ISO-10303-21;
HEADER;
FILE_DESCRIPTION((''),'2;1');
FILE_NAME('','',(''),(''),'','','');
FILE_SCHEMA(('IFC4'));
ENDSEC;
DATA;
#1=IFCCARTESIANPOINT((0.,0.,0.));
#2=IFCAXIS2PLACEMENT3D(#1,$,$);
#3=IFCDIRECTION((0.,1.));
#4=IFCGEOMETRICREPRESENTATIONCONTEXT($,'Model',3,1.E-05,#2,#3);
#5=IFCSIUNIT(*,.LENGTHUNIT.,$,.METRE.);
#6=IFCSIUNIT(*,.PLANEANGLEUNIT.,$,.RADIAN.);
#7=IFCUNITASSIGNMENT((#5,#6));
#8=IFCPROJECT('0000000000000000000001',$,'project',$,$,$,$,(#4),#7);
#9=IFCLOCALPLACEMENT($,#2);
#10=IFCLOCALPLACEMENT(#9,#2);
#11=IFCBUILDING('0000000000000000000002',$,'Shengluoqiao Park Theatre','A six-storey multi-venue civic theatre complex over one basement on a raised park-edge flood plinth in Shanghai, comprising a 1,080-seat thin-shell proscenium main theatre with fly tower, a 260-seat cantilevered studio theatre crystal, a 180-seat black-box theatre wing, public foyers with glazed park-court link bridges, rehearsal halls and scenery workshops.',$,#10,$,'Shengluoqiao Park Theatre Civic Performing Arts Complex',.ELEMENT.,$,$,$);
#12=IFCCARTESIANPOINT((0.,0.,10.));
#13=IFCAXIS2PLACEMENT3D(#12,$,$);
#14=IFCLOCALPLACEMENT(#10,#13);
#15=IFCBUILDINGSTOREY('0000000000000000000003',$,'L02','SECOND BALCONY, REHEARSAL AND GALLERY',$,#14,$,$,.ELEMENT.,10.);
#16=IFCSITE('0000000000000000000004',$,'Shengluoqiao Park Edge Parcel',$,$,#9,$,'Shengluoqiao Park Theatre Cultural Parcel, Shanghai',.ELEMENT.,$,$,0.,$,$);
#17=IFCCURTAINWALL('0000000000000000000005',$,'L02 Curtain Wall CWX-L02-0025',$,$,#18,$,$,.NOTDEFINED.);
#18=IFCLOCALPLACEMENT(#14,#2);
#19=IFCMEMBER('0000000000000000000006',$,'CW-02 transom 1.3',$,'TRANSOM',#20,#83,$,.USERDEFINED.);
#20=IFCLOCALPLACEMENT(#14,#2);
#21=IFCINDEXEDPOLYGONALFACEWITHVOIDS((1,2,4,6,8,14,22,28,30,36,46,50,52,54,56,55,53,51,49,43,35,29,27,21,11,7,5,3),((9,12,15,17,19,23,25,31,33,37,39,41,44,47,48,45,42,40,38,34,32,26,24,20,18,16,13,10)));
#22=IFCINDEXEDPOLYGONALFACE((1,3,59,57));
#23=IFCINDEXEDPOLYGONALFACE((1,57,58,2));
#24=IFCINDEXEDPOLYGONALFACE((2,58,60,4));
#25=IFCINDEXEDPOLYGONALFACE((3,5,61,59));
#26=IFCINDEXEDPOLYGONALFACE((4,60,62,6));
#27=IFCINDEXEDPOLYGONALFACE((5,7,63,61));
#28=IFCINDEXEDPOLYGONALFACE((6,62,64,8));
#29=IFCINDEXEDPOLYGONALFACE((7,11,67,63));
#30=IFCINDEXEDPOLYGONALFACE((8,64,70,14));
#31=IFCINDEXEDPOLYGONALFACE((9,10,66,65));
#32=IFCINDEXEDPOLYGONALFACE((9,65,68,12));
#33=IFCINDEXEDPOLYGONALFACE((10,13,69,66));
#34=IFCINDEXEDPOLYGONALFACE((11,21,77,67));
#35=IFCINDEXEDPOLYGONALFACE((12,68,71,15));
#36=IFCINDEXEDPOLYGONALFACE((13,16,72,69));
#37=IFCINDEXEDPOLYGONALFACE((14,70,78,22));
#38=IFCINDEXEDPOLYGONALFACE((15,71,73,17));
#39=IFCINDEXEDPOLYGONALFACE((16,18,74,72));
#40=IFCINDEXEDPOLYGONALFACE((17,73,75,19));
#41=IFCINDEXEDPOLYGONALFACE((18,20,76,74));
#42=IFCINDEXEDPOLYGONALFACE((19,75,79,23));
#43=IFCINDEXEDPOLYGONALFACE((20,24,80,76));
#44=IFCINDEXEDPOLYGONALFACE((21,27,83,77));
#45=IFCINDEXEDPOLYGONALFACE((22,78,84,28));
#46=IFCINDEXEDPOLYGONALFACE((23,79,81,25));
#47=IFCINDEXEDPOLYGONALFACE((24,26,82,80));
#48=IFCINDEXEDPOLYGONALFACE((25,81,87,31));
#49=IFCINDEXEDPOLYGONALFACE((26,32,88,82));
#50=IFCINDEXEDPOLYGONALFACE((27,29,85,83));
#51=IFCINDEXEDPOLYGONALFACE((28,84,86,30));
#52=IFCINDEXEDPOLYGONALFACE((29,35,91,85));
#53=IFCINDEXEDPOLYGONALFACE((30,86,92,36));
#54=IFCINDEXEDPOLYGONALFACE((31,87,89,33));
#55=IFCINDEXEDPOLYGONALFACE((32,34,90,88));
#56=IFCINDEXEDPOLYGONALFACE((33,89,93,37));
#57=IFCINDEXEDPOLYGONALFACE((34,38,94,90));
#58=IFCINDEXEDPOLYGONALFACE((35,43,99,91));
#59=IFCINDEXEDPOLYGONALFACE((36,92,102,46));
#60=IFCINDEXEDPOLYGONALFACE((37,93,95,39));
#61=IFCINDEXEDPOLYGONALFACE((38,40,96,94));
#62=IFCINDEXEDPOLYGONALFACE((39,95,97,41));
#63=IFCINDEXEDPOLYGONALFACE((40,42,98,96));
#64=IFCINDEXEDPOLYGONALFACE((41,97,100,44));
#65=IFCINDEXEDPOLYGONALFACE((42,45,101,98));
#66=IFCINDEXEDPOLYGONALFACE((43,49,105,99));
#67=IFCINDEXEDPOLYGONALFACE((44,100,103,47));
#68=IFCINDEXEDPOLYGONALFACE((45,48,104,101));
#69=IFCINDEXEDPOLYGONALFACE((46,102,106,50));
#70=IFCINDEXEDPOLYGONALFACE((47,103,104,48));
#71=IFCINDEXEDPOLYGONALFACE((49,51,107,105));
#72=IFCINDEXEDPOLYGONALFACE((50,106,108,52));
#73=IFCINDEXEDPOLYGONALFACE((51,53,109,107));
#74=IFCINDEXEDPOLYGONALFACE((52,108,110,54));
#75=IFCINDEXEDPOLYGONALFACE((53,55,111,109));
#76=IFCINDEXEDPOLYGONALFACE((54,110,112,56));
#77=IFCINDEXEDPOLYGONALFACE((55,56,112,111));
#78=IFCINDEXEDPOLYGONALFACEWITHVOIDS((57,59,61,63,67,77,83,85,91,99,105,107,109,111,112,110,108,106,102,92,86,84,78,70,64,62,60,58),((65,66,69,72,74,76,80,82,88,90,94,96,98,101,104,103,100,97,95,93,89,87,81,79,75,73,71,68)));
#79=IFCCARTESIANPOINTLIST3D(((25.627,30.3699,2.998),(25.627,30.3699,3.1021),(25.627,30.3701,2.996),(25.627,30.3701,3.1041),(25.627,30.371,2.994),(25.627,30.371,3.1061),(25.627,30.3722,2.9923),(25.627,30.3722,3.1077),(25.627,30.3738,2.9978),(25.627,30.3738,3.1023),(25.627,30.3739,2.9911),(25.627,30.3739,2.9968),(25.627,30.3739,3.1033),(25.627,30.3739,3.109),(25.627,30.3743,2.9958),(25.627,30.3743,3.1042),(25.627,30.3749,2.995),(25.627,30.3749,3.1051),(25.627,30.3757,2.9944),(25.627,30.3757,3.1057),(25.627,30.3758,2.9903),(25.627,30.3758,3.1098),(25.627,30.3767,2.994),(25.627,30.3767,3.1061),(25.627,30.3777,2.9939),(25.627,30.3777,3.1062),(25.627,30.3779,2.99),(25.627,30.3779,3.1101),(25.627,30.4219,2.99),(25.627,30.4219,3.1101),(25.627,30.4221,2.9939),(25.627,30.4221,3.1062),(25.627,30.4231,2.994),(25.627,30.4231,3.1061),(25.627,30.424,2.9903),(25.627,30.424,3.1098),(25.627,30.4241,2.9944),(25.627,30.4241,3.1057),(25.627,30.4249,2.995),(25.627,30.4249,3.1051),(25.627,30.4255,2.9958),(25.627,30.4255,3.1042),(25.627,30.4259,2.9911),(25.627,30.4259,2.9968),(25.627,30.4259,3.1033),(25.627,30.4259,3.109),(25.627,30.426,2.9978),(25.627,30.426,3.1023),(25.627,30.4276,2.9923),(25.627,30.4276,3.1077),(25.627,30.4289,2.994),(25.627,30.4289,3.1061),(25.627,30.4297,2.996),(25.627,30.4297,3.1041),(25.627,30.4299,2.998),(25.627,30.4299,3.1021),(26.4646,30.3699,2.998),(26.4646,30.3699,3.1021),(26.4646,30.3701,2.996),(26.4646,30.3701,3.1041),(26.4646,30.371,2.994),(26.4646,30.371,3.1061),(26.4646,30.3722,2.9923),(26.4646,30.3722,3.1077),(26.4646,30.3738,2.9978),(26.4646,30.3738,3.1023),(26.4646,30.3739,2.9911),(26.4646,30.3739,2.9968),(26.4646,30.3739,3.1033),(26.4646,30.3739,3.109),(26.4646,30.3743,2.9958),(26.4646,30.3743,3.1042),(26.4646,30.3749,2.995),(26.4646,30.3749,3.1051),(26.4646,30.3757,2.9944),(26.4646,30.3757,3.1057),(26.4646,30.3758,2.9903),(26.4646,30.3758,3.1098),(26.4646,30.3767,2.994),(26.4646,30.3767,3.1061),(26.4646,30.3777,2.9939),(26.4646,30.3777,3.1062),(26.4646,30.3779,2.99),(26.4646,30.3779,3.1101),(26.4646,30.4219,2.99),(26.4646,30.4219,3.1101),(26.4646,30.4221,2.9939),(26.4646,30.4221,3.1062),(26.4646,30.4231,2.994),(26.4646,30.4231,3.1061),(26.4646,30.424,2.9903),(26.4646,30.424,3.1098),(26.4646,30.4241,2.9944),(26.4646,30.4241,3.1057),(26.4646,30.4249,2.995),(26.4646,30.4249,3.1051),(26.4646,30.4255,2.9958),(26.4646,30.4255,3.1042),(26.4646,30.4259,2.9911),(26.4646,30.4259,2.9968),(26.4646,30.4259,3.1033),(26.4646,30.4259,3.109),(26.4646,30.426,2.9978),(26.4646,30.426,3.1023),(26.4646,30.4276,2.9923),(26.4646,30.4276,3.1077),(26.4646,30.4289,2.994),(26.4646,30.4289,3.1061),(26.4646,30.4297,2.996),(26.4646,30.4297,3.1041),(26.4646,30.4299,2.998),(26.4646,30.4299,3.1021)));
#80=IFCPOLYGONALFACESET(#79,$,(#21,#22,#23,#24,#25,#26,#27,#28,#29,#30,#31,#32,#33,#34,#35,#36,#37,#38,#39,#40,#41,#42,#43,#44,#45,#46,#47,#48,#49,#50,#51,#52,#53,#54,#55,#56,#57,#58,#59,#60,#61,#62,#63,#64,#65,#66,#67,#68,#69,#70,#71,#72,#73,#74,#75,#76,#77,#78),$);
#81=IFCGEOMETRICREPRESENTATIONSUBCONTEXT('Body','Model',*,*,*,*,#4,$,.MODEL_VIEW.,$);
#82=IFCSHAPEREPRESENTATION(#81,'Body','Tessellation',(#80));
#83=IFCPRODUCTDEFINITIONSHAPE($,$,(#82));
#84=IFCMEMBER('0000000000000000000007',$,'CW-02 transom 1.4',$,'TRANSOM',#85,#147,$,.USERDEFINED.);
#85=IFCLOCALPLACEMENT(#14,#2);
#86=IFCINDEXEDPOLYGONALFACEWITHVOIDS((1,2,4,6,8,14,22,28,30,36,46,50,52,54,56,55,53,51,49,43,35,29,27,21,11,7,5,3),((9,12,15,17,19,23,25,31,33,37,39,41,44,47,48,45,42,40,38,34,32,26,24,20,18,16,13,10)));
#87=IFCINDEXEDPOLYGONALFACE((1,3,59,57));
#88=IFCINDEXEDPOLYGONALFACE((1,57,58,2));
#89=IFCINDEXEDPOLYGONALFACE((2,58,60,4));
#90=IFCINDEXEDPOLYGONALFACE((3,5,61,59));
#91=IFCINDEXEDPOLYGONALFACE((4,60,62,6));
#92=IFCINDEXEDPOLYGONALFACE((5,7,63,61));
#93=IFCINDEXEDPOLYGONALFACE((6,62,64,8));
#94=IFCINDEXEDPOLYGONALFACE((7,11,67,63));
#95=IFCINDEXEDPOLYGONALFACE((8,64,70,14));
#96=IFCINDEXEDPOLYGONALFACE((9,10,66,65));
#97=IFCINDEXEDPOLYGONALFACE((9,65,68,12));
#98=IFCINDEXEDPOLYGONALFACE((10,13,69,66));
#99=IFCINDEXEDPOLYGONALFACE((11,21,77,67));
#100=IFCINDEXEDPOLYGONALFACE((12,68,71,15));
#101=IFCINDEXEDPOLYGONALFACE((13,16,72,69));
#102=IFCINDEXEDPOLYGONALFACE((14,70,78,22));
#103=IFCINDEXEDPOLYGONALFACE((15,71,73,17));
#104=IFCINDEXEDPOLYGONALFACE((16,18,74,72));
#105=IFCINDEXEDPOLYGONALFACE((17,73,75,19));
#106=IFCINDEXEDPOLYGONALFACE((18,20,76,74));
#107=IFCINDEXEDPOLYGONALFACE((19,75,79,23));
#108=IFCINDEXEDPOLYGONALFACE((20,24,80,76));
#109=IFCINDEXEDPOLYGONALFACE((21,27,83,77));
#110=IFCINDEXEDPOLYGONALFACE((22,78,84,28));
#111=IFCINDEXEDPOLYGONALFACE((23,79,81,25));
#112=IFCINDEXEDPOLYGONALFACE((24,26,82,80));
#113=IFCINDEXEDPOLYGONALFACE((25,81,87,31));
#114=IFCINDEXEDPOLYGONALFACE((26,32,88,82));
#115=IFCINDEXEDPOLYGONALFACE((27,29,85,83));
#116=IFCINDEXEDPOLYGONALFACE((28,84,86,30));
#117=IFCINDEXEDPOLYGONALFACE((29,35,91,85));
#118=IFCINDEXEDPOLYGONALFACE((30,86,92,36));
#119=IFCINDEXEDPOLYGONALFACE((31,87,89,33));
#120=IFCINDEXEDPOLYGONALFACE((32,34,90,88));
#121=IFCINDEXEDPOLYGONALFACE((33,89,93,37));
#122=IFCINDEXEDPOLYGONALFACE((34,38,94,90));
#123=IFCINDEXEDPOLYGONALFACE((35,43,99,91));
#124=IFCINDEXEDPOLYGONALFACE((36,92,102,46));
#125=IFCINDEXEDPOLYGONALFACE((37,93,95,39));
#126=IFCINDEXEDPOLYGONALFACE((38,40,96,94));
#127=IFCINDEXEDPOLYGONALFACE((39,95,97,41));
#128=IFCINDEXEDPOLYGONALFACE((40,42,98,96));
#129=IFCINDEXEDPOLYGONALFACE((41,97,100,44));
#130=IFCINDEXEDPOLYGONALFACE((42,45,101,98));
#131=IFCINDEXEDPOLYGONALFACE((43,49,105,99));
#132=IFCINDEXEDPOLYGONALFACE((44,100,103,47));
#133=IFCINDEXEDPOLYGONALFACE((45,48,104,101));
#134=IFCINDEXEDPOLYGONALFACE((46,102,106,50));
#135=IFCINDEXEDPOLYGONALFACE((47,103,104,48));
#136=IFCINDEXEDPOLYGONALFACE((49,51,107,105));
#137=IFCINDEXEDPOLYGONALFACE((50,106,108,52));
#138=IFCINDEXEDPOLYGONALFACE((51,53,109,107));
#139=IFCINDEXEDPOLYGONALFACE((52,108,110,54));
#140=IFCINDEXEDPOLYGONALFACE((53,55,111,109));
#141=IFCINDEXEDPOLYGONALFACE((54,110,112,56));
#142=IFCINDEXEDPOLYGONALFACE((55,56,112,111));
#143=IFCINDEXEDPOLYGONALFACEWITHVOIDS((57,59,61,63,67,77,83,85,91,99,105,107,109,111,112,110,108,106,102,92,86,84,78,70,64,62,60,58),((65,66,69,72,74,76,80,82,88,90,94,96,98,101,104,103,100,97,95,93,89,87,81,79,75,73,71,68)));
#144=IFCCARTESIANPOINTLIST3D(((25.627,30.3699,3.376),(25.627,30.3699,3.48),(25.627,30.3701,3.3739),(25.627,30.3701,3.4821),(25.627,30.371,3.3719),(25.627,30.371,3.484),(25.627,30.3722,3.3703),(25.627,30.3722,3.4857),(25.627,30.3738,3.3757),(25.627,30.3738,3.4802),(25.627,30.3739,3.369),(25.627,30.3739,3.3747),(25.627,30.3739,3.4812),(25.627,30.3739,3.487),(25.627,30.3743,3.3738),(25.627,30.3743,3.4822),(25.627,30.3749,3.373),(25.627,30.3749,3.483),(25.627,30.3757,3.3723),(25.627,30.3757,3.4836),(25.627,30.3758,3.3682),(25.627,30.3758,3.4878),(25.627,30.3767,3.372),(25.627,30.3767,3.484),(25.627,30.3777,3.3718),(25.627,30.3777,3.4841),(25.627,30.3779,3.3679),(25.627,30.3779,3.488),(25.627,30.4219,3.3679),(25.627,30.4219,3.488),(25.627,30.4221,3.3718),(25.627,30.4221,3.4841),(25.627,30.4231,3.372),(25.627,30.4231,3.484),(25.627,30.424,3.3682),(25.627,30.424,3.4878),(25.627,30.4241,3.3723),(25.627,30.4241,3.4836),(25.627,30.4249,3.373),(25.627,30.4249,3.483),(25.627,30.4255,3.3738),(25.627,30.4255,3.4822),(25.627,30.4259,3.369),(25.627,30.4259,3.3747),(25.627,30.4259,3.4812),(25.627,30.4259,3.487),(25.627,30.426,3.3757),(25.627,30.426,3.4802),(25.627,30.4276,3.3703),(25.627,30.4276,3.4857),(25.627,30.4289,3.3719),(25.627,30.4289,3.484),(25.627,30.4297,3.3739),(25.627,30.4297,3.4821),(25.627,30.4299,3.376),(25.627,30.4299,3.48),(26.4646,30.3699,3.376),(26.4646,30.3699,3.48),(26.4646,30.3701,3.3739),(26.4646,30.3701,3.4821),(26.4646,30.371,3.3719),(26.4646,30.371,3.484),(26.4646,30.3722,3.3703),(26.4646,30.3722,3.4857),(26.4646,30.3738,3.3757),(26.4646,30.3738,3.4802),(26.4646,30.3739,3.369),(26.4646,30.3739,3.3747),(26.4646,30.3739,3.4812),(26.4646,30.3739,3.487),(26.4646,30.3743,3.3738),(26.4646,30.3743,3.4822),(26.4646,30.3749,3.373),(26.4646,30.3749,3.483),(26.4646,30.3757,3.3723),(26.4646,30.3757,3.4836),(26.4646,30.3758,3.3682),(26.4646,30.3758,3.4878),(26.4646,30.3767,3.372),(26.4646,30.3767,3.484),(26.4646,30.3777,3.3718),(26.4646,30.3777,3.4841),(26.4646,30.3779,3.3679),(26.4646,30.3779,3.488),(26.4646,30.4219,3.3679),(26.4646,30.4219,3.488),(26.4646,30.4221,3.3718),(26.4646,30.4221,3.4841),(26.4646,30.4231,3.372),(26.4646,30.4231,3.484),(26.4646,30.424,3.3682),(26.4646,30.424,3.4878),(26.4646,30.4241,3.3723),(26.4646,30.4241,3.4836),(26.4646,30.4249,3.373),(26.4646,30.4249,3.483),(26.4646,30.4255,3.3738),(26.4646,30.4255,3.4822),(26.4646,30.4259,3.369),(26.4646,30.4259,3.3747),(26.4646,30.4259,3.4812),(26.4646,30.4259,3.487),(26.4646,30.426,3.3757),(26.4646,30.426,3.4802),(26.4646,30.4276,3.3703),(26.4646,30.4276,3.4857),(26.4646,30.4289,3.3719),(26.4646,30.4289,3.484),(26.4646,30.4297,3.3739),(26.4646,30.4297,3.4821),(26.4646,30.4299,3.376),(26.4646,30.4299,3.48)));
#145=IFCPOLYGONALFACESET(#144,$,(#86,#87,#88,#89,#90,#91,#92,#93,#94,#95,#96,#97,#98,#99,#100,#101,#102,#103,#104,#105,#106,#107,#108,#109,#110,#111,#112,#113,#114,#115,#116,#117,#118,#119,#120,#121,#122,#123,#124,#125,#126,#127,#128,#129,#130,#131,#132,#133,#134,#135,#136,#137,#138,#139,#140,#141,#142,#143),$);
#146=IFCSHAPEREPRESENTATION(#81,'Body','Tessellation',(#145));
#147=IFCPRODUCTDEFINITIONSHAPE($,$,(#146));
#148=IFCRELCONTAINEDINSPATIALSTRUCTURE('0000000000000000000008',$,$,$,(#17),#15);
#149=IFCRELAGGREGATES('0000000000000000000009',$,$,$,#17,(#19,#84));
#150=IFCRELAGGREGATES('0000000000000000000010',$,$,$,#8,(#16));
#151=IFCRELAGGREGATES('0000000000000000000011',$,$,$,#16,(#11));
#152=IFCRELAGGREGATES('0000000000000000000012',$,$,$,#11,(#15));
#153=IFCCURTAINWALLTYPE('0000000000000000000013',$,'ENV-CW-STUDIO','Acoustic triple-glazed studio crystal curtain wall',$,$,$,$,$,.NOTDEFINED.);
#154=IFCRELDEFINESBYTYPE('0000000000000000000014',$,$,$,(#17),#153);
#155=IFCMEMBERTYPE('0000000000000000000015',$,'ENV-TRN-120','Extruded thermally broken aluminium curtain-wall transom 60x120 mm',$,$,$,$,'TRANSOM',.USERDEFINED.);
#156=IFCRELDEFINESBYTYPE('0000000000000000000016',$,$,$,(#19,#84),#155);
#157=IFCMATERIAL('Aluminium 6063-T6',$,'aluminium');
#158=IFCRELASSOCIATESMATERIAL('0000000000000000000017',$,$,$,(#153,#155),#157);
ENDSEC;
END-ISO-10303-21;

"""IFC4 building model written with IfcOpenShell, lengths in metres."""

from ifc_helpers import new_model, si_unit, direction, frame, origin, origin_2d, place, context, subcontext, project, spatial, hollow_rectangle, extrude, material, material_profile, profile_set, type_object, element, aggregate, save


model = new_model("IFC4")

# Units and contexts
model_context = context("Model", 3, precision=1e-05, world=origin(), true_north=direction((0.0, 1.0)))
body_context = subcontext(model_context, "Body", "Model", "MODEL_VIEW")
ifc_project = project(units=[si_unit("LENGTHUNIT", "METRE"), si_unit("PLANEANGLEUNIT", "RADIAN")], contexts=[model_context])

# Site, building, storey
site_placement = place(None, origin())
site = spatial("IfcSite", under=ifc_project, at=site_placement, Name="Shengluoqiao Park Edge Parcel", LongName="Shengluoqiao Park Theatre Cultural Parcel, Shanghai", CompositionType="ELEMENT", RefElevation=0.0)
building_placement = place(site_placement, origin())
building = spatial("IfcBuilding", under=site, at=building_placement, Name="Shengluoqiao Park Theatre", Description="A six-storey multi-venue civic theatre complex over one basement on a raised park-edge flood plinth in Shanghai, comprising a 1,080-seat thin-shell proscenium main theatre with fly tower, a 260-seat cantilevered studio theatre crystal, a 180-seat black-box theatre wing, public foyers with glazed park-court link bridges, rehearsal halls and scenery workshops.", LongName="Shengluoqiao Park Theatre Civic Performing Arts Complex", CompositionType="ELEMENT")
storey_placement = place(building_placement, frame((0.0, 0.0, 10.0)))
storey = spatial("IfcBuildingStorey", under=building, at=storey_placement, Name="L02", Description="SECOND BALCONY, REHEARSAL AND GALLERY", CompositionType="ELEMENT", Elevation=10.0)

# Curtain wall
ifc_material_1 = material(Name="Aluminium 6063-T6", Category="aluminium")
curtain_wall_type_1 = type_object("IfcCurtainWallType", Name="ENV-CW-STUDIO", Description="Acoustic triple-glazed studio crystal curtain wall", PredefinedType="NOTDEFINED", material=ifc_material_1)
curtain_wall_1_placement = place(storey_placement, origin())
curtain_wall_1 = element("IfcCurtainWall", 1, at=curtain_wall_1_placement, inside=storey, type_object=curtain_wall_type_1, Name="L02 Curtain Wall CWX-L02-0025", PredefinedType="NOTDEFINED")

# Members
ifc_material_profile_1 = material_profile(ifc_material_1, hollow_rectangle(XDim=0.0601, YDim=0.1201, WallThickness=0.0039, InnerFilletRadius=0.0039, OuterFilletRadius=0.0081, at=origin_2d()), Name="ALU TRANSOM 120x60x4")
ifc_profile_set_1 = profile_set([ifc_material_profile_1], Name="Aluminium 6063-T6")
member_type_1 = type_object("IfcMemberType", Name="ENV-TRN-120", Description="Extruded thermally broken aluminium curtain-wall transom 60x120 mm", ElementType="TRANSOM", PredefinedType="USERDEFINED", material=ifc_profile_set_1)
member_1_placement = place(storey_placement, frame((25.627, 30.3999, 3.05), z_axis=(1.0, 0.0, 0.0), x_axis=(0.0, 1.0, 0.0)))
member_1 = element("IfcMember", 2, at=member_1_placement, type_object=member_type_1, Name="CW-02 transom 1.3", ObjectType="TRANSOM", PredefinedType="USERDEFINED", context=body_context, shape_type="SweptSolid", body=[
    extrude(hollow_rectangle(XDim=0.0601, YDim=0.1201, WallThickness=0.0039, InnerFilletRadius=0.0039, OuterFilletRadius=0.0081, at=origin_2d()), origin(), (0.0, 0.0, 1.0), 0.8376),
])
member_2_placement = place(storey_placement, frame((25.627, 30.3999, 3.428), z_axis=(1.0, 0.0, 0.0), x_axis=(0.0, 1.0, 0.0)))
member_2 = element("IfcMember", 3, at=member_2_placement, type_object=member_type_1, Name="CW-02 transom 1.4", ObjectType="TRANSOM", PredefinedType="USERDEFINED", context=body_context, shape_type="SweptSolid", body=[
    extrude(hollow_rectangle(XDim=0.0601, YDim=0.1201, WallThickness=0.0039, InnerFilletRadius=0.0039, OuterFilletRadius=0.0081, at=origin_2d()), origin(), (0.0, 0.0, 1.0), 0.8376),
])

aggregate(curtain_wall_1, [member_1, member_2])

save(model, "model.ifc")
